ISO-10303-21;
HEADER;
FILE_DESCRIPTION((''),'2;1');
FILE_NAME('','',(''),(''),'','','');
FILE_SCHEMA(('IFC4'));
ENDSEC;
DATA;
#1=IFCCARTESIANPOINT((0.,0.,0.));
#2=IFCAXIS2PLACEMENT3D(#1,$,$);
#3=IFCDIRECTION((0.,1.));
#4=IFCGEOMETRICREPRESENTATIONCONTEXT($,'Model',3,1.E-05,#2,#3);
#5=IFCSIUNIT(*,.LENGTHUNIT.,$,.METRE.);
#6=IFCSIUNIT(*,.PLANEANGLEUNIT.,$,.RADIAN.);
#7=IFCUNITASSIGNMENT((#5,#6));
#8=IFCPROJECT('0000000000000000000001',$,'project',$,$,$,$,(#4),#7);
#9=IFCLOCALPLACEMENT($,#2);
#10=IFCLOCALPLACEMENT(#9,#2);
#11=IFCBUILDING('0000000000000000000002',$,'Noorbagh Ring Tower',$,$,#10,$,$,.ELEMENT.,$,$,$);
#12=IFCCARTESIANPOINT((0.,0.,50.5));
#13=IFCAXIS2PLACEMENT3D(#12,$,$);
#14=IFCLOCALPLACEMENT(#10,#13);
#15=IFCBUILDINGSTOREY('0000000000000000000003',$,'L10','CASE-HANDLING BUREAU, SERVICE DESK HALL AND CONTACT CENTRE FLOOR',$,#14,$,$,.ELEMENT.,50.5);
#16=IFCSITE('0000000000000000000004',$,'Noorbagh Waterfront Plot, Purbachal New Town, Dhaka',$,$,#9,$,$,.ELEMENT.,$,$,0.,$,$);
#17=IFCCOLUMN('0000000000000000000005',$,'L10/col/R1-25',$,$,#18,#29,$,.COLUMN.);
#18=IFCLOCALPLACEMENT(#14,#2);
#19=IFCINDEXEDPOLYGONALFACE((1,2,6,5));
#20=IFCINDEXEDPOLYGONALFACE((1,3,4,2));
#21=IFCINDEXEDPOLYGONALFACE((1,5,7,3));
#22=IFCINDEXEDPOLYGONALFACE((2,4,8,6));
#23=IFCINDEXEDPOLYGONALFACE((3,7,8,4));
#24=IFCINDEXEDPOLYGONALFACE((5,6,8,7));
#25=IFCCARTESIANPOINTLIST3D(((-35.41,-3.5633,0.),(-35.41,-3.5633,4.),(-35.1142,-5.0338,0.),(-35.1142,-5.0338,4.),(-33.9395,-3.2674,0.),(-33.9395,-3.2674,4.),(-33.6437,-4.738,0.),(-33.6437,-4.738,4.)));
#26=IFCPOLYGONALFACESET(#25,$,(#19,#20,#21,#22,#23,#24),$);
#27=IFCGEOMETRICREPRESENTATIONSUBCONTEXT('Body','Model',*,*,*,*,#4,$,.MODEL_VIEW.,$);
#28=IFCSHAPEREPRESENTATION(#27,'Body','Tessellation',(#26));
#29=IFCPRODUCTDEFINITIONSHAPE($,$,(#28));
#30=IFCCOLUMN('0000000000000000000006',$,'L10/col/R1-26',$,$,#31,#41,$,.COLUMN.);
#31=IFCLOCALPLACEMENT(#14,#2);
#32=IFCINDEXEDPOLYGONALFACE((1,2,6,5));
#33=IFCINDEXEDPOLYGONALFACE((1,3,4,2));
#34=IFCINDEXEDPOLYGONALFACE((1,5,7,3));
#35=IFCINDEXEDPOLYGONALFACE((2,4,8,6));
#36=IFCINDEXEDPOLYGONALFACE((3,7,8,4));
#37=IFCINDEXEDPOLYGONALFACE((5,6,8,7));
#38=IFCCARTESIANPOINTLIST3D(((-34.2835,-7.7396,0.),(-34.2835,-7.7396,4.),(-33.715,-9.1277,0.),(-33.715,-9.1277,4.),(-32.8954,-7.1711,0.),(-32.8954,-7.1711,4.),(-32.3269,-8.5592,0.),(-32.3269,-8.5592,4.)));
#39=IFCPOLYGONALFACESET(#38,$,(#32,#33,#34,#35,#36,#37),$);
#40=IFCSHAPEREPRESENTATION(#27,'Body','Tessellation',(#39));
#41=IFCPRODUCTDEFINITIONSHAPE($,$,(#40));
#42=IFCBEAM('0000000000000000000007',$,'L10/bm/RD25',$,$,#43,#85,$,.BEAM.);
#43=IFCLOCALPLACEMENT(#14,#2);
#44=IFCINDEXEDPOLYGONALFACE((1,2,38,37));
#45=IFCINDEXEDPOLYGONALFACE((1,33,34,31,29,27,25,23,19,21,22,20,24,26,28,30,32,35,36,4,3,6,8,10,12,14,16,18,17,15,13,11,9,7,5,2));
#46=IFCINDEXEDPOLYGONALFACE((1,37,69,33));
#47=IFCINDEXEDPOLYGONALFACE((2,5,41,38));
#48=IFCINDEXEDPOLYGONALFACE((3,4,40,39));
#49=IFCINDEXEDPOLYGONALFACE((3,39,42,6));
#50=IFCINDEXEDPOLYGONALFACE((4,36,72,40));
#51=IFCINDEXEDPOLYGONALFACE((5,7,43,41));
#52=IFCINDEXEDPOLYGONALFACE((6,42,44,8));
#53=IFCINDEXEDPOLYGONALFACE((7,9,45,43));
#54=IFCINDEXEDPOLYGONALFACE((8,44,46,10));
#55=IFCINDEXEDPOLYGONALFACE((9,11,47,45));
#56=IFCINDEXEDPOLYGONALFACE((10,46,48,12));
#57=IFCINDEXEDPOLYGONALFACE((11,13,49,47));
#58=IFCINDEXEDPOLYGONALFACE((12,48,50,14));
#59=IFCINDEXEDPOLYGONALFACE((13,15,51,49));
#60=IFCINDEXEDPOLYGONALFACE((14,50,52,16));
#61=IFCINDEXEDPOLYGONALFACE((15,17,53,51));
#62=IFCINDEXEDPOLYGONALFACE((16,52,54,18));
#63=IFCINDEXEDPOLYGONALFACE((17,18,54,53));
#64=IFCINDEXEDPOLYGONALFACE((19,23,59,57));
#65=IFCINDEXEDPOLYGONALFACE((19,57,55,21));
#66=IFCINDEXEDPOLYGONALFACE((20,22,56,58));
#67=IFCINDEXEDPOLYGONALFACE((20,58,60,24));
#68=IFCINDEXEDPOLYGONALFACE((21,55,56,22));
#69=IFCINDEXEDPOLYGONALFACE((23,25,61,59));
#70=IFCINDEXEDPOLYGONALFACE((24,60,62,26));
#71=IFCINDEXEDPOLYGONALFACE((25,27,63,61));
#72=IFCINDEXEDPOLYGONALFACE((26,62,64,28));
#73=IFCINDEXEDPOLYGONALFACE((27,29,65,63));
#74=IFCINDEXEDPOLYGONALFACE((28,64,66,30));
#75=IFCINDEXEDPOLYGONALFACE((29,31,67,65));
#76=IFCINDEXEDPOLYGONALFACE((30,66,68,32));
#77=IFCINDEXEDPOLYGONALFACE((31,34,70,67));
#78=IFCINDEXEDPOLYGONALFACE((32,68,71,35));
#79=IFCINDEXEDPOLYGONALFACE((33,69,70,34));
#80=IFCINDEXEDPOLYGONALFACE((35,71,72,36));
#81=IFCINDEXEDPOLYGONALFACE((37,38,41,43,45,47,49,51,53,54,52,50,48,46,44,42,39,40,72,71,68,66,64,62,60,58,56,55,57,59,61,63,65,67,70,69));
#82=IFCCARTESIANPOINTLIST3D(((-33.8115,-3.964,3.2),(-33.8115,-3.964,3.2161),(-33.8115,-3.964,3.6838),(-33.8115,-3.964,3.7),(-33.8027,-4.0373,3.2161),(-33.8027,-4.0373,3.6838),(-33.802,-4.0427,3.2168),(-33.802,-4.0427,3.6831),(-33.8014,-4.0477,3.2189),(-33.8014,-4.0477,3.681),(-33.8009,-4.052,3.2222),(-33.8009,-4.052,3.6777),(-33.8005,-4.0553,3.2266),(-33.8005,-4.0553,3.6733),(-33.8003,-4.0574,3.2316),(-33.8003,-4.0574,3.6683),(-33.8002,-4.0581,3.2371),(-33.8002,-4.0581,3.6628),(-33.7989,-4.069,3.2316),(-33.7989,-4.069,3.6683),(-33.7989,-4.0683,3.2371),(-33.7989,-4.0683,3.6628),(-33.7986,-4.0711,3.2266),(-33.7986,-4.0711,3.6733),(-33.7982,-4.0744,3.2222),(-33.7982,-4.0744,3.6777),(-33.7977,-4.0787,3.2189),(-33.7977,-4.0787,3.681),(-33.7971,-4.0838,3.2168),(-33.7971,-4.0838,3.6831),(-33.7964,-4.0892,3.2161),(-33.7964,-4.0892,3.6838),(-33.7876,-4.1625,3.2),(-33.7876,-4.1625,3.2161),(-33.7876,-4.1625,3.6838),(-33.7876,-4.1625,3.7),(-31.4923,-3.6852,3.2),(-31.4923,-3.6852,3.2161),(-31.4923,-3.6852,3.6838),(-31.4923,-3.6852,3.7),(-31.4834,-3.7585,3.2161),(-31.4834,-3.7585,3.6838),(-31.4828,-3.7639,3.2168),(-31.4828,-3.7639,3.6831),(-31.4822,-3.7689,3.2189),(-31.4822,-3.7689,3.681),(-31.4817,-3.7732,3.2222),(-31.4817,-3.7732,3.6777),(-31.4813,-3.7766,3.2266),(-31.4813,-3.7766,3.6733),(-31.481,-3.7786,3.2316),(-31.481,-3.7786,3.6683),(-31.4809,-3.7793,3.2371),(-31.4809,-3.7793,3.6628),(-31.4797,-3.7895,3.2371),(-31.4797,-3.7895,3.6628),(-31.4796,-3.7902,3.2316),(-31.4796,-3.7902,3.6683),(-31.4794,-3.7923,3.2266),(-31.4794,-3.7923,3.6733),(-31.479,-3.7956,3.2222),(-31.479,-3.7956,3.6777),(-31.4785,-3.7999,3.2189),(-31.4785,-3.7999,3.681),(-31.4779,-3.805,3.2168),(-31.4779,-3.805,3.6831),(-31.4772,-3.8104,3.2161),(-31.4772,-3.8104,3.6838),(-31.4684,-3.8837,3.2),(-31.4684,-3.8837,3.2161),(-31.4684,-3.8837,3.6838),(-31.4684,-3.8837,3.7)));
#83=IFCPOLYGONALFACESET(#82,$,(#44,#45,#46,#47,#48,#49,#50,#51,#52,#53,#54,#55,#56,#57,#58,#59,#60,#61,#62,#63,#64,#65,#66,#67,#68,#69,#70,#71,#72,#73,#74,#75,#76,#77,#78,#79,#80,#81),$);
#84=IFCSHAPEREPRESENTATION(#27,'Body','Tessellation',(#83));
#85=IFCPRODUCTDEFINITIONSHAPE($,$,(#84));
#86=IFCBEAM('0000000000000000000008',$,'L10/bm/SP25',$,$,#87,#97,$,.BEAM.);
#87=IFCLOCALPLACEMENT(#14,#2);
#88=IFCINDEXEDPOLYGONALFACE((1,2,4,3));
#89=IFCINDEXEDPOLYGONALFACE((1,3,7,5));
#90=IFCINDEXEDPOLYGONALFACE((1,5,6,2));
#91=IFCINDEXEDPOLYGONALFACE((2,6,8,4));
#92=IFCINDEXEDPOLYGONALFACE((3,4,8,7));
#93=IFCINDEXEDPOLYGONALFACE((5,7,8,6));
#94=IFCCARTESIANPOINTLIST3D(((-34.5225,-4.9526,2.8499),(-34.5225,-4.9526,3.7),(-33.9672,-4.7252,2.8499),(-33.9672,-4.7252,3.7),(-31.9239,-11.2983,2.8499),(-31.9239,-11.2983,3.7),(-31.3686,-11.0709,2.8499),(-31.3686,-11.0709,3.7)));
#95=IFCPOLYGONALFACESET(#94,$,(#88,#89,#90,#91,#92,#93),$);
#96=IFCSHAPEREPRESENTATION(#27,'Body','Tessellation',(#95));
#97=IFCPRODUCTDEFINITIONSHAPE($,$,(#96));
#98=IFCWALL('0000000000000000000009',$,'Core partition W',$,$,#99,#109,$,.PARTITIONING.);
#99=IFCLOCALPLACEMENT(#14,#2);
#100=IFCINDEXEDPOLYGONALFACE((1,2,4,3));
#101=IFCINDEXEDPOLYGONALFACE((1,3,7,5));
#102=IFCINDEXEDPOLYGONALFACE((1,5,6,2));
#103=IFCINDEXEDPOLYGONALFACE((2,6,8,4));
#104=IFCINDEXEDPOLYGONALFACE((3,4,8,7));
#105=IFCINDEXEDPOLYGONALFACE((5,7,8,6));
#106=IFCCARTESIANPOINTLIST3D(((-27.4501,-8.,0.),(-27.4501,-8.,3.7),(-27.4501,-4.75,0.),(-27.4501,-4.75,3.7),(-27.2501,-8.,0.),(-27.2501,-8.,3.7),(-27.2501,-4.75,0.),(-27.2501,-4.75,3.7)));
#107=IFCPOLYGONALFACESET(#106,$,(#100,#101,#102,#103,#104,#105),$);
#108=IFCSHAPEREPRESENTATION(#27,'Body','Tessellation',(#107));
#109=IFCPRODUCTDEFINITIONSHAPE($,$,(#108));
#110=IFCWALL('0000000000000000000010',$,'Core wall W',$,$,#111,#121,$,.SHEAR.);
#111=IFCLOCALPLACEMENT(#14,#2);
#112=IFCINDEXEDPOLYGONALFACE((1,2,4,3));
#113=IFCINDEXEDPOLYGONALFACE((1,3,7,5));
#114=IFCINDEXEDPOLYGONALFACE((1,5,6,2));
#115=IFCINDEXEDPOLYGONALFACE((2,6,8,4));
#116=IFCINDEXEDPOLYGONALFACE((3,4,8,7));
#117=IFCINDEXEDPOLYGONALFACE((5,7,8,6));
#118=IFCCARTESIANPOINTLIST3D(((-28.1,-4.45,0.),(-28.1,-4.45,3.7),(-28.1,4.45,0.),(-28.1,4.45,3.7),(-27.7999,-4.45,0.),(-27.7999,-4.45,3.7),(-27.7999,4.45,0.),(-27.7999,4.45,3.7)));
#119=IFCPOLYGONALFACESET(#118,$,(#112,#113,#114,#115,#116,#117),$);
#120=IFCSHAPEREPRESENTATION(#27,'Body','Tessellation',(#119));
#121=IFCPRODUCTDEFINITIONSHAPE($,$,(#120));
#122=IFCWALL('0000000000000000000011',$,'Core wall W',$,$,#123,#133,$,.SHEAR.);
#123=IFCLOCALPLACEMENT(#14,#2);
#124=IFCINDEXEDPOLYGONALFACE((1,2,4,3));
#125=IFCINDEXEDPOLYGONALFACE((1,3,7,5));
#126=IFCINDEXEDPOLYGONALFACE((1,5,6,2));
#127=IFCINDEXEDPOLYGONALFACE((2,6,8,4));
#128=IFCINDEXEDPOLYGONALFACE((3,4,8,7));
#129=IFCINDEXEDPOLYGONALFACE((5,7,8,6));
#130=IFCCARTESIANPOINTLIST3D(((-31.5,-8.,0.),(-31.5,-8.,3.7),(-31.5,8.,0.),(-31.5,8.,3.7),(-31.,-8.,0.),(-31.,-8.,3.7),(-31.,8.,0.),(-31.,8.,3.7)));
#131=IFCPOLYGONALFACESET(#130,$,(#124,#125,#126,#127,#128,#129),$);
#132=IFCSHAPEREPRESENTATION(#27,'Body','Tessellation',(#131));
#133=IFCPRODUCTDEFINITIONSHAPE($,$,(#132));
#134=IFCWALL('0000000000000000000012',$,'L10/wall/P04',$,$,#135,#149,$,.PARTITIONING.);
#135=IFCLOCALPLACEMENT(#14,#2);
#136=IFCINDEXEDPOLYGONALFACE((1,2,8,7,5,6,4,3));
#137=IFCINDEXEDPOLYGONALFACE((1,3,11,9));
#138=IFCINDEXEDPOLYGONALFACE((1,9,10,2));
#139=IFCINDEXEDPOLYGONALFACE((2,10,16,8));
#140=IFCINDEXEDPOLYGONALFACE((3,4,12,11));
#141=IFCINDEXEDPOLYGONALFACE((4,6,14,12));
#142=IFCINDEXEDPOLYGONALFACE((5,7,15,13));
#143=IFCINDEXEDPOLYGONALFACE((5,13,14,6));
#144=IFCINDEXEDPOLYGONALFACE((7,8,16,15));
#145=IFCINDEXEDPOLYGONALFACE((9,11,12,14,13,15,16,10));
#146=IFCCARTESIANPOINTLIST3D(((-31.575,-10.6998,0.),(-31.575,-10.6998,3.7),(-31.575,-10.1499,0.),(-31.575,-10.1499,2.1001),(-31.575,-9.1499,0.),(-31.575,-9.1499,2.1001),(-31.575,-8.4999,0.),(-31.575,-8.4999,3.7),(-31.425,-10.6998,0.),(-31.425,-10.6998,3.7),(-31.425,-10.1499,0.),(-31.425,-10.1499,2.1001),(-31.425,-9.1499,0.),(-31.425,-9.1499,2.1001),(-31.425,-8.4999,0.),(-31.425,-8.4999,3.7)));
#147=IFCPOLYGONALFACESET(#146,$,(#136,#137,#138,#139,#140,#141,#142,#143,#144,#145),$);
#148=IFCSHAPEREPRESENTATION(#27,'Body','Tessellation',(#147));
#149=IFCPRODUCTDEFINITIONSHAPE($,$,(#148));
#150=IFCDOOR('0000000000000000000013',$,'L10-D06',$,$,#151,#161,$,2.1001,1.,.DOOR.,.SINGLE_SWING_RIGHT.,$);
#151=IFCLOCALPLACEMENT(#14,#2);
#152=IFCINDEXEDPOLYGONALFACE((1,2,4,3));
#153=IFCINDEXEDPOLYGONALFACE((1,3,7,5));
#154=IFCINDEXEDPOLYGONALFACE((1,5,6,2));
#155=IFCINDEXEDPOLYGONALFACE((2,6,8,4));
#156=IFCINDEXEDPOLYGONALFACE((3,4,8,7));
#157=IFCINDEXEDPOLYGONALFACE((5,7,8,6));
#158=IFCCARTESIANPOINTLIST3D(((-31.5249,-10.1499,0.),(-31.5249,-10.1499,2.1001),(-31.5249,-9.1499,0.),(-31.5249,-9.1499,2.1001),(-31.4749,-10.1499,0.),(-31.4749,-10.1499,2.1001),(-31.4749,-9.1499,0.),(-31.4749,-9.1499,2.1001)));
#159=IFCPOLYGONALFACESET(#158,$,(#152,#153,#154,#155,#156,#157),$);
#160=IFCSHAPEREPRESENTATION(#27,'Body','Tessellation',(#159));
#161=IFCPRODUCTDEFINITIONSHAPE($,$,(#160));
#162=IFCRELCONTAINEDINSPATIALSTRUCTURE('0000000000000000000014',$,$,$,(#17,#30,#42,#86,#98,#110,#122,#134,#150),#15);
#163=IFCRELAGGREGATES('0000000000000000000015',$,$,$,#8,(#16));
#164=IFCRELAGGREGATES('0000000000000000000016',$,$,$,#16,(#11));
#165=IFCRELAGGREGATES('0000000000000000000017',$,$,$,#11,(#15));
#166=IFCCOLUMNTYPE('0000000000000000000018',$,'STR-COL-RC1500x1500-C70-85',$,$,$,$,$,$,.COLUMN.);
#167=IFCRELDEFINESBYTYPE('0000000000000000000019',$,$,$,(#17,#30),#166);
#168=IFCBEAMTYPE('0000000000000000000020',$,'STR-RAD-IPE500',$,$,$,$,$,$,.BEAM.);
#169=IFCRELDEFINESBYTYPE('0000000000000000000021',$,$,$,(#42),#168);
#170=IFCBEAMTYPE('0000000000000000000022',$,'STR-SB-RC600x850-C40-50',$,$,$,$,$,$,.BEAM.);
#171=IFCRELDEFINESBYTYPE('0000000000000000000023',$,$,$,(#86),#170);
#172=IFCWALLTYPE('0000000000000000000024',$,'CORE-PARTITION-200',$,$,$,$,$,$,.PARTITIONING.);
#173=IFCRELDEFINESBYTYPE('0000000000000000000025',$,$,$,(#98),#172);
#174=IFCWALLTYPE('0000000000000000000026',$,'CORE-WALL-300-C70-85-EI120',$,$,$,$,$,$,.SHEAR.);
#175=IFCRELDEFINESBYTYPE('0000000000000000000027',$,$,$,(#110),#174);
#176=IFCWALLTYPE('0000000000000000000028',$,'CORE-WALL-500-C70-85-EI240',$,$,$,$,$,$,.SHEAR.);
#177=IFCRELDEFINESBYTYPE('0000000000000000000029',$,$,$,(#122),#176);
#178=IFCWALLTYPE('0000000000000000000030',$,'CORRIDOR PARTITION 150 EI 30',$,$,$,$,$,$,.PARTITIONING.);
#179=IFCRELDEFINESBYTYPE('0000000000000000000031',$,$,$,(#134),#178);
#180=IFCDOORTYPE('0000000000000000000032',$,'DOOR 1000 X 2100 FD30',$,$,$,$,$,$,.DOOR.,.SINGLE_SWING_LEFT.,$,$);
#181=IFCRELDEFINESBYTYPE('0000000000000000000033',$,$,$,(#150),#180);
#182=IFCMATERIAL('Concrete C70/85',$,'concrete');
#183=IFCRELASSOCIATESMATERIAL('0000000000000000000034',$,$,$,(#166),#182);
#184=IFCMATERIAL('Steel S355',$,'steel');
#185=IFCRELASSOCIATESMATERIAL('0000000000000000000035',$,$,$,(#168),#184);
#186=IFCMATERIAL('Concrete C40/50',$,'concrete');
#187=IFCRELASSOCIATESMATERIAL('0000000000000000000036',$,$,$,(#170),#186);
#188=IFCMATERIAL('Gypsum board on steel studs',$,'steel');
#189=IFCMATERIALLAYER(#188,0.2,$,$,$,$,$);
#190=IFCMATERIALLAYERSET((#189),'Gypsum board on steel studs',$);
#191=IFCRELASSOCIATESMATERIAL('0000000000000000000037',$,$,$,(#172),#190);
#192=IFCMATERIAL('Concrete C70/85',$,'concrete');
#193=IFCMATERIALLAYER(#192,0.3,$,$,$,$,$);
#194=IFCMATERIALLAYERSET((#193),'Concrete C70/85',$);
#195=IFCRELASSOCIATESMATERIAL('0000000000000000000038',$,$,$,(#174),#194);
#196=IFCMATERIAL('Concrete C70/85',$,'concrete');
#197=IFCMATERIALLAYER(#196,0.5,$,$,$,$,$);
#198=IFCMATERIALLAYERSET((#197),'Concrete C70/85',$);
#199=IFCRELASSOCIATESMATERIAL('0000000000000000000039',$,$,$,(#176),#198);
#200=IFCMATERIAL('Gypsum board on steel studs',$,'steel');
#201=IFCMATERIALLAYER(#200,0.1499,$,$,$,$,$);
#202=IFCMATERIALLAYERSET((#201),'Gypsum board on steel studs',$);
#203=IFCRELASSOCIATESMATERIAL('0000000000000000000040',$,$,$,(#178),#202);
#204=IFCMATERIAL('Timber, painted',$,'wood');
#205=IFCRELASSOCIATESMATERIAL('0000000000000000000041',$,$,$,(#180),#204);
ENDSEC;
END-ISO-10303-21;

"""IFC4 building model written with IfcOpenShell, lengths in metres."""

from ifc_helpers import new_model, si_unit, direction, frame, frame_2d, origin, origin_2d, place, context, subcontext, project, spatial, rectangle, i_section, extrude, material, layer, layer_set, material_profile, profile_set, type_object, element, fill, save


model = new_model("IFC4")

# Units and contexts
model_context = context("Model", 3, precision=1e-05, world=origin(), true_north=direction((0.0, 1.0)))
body_context = subcontext(model_context, "Body", "Model", "MODEL_VIEW")
ifc_project = project(units=[si_unit("LENGTHUNIT", "METRE"), si_unit("PLANEANGLEUNIT", "RADIAN")], contexts=[model_context])

# Site, building, storey
site_placement = place(None, origin())
site = spatial("IfcSite", under=ifc_project, at=site_placement, Name="Noorbagh Waterfront Plot, Purbachal New Town, Dhaka", CompositionType="ELEMENT", RefElevation=0.0)
building_placement = place(site_placement, origin())
building = spatial("IfcBuilding", under=site, at=building_placement, Name="Noorbagh Ring Tower", CompositionType="ELEMENT")
storey_placement = place(building_placement, frame((0.0, 0.0, 50.5)))
storey = spatial("IfcBuildingStorey", under=building, at=storey_placement, Name="L10", Description="CASE-HANDLING BUREAU, SERVICE DESK HALL AND CONTACT CENTRE FLOOR", CompositionType="ELEMENT", Elevation=50.5)

# Columns
ifc_material_1 = material(Name="Concrete C70/85", Category="concrete")
ifc_material_profile_1 = material_profile(ifc_material_1, rectangle(XDim=1.5, YDim=1.5, at=origin_2d()), Name="RC1500x1500")
ifc_profile_set_1 = profile_set([ifc_material_profile_1], Name="Concrete C70/85")
column_type = type_object("IfcColumnType", Name="STR-COL-RC1500x1500-C70-85", PredefinedType="COLUMN", material=ifc_profile_set_1)
for number, where, z_axis, x_axis, name in (
    (1, (-34.5269, -4.1506, 0.0), (0.0, 0.0, 1.0), (0.19723, -0.980357, 0.0), "L10/col/R1-25"),
    (2, (-33.3052, -8.1494, 0.0), (0.0, 0.0, 1.0), (0.378989, -0.925401, 0.0), "L10/col/R1-26"),
):
    element("IfcColumn", number, at=place(storey_placement, frame(where, z_axis=z_axis, x_axis=x_axis)), inside=storey, type_object=column_type, Name=name, PredefinedType="COLUMN", context=body_context, shape_type="SweptSolid", body=[
        extrude(rectangle(XDim=1.5, YDim=1.5, at=origin_2d()), origin(), (0.0, 0.0, 1.0), 4.0),
    ])

# Beams
ifc_material_2 = material(Name="Steel S355", Category="steel")
ifc_material_profile_2 = material_profile(ifc_material_2, i_section(OverallWidth=0.2, OverallDepth=0.5, WebThickness=0.0103, FlangeThickness=0.0161, FilletRadius=0.021, at=origin_2d()), Name="IPE500")
ifc_profile_set_2 = profile_set([ifc_material_profile_2], Name="Steel S355")
beam_type_1 = type_object("IfcBeamType", Name="STR-RAD-IPE500", PredefinedType="BEAM", material=ifc_profile_set_2)
beam_1_placement = place(storey_placement, frame((-33.7996, -4.0632, 3.45), z_axis=(0.992852, 0.119351, 0.0), x_axis=(-0.119351, 0.992852, 0.0)))
element("IfcBeam", 3, at=beam_1_placement, inside=storey, type_object=beam_type_1, Name="L10/bm/RD25", PredefinedType="BEAM", context=body_context, shape_type="SweptSolid", body=[
    extrude(i_section(OverallWidth=0.2, OverallDepth=0.5, WebThickness=0.0103, FlangeThickness=0.0161, FilletRadius=0.021, at=origin_2d()), origin(), (0.0, 0.0, 1.0), 2.3359),
])
ifc_material_3 = material(Name="Concrete C40/50", Category="concrete")
ifc_material_profile_3 = material_profile(ifc_material_3, rectangle(XDim=0.6001, YDim=0.8501, at=origin_2d()), Name="RC600x850")
ifc_profile_set_3 = profile_set([ifc_material_profile_3], Name="Concrete C40/50")
beam_type_2 = type_object("IfcBeamType", Name="STR-SB-RC600x850-C40-50", PredefinedType="BEAM", material=ifc_profile_set_3)
beam_2_placement = place(storey_placement, frame((-34.2449, -4.8389, 3.2749), z_axis=(0.378966, -0.925411, 0.0), x_axis=(0.925411, 0.378966, 0.0)))
element("IfcBeam", 4, at=beam_2_placement, inside=storey, type_object=beam_type_2, Name="L10/bm/SP25", PredefinedType="BEAM", context=body_context, shape_type="SweptSolid", body=[
    extrude(rectangle(XDim=0.6001, YDim=0.8501, at=origin_2d()), origin(), (0.0, 0.0, 1.0), 6.8572),
])

# Walls
ifc_material_4 = material(Name="Gypsum board on steel studs", Category="steel")
ifc_layer_1 = layer(ifc_material_4, 0.2)
ifc_layer_set_1 = layer_set([ifc_layer_1], Name="Gypsum board on steel studs")
wall_type_1 = type_object("IfcWallType", Name="CORE-PARTITION-200", PredefinedType="PARTITIONING", material=ifc_layer_set_1)
wall_1_placement = place(storey_placement, frame((-27.3501, -8.0, 0.0), z_axis=(0.0, 0.0, 1.0), x_axis=(0.0, 1.0, 0.0)))
element("IfcWall", 5, at=wall_1_placement, inside=storey, type_object=wall_type_1, Name="Core partition W", PredefinedType="PARTITIONING", context=body_context, shape_type="SweptSolid", body=[
    extrude(rectangle(XDim=3.25, YDim=0.2, at=frame_2d((1.625, 0.0))), origin(), (0.0, 0.0, 1.0), 3.7),
])
ifc_material_5 = material(Name="Concrete C70/85", Category="concrete")
ifc_layer_2 = layer(ifc_material_5, 0.3)
ifc_layer_set_2 = layer_set([ifc_layer_2], Name="Concrete C70/85")
wall_type_2 = type_object("IfcWallType", Name="CORE-WALL-300-C70-85-EI120", PredefinedType="SHEAR", material=ifc_layer_set_2)
wall_2_placement = place(storey_placement, frame((-27.95, -4.45, 0.0), z_axis=(0.0, 0.0, 1.0), x_axis=(0.0, 1.0, 0.0)))
element("IfcWall", 6, at=wall_2_placement, inside=storey, type_object=wall_type_2, Name="Core wall W", PredefinedType="SHEAR", context=body_context, shape_type="SweptSolid", body=[
    extrude(rectangle(XDim=8.8999, YDim=0.3, at=frame_2d((4.45, 0.0))), origin(), (0.0, 0.0, 1.0), 3.7),
])
ifc_material_6 = material(Name="Concrete C70/85", Category="concrete")
ifc_layer_3 = layer(ifc_material_6, 0.5)
ifc_layer_set_3 = layer_set([ifc_layer_3], Name="Concrete C70/85")
wall_type_3 = type_object("IfcWallType", Name="CORE-WALL-500-C70-85-EI240", PredefinedType="SHEAR", material=ifc_layer_set_3)
wall_3_placement = place(storey_placement, frame((-31.25, -8.0, 0.0), z_axis=(0.0, 0.0, 1.0), x_axis=(0.0, 1.0, 0.0)))
element("IfcWall", 7, at=wall_3_placement, inside=storey, type_object=wall_type_3, Name="Core wall W", PredefinedType="SHEAR", context=body_context, shape_type="SweptSolid", body=[
    extrude(rectangle(XDim=16.0, YDim=0.5, at=frame_2d((8.0, 0.0))), origin(), (0.0, 0.0, 1.0), 3.7),
])

# Wall, opening, door
ifc_material_7 = material(Name="Gypsum board on steel studs", Category="steel")
ifc_layer_4 = layer(ifc_material_7, 0.1499)
ifc_layer_set_4 = layer_set([ifc_layer_4], Name="Gypsum board on steel studs")
wall_type_4 = type_object("IfcWallType", Name="CORRIDOR PARTITION 150 EI 30", PredefinedType="PARTITIONING", material=ifc_layer_set_4)
wall_4_placement = place(storey_placement, frame((-31.5, -10.7, 0.0), z_axis=(0.0, 0.0, 1.0), x_axis=(0.0, 1.0, 0.0)))
wall_4 = element("IfcWall", 8, at=wall_4_placement, inside=storey, type_object=wall_type_4, Name="L10/wall/P04", PredefinedType="PARTITIONING", context=body_context, shape_type="SweptSolid", body=[
    extrude(rectangle(XDim=2.2, YDim=0.1499, at=frame_2d((1.1001, 0.0))), origin(), (0.0, 0.0, 1.0), 3.7),
])
opening_1_placement = place(wall_4_placement, frame((0.55, 0.0, 0.0)))
opening_1 = element("IfcOpeningElement", 9, at=opening_1_placement, cuts=wall_4, PredefinedType="OPENING", context=body_context, shape_type="SweptSolid", body=[
    extrude(rectangle(XDim=1.0, YDim=2.1001, at=frame_2d((0.5, 1.05))), frame((0.0, 0.085, 0.0), z_axis=(0.0, -1.0, 0.0), x_axis=(1.0, 0.0, 0.0)), (0.0, 0.0, 1.0), 0.1699),
])
ifc_material_8 = material(Name="Timber, painted", Category="wood")
door_type = type_object("IfcDoorType", Name="DOOR 1000 X 2100 FD30", OperationType="SINGLE_SWING_LEFT", PredefinedType="DOOR", material=ifc_material_8)
door_1_placement = place(opening_1_placement, origin())
door_1 = element("IfcDoor", 10, at=door_1_placement, inside=storey, type_object=door_type, Name="L10-D06", OperationType="SINGLE_SWING_RIGHT", OverallHeight=2.1001, OverallWidth=1.0, PredefinedType="DOOR", context=body_context, shape_type="SweptSolid", body=[
    extrude(rectangle(XDim=1.0, YDim=2.1001, at=frame_2d((0.5, 1.05))), frame((0.0, 0.0249, 0.0), z_axis=(0.0, -1.0, 0.0), x_axis=(1.0, 0.0, 0.0)), (0.0, 0.0, 1.0), 0.05),
])
fill(opening_1, door_1)

save(model, "model.ifc")
